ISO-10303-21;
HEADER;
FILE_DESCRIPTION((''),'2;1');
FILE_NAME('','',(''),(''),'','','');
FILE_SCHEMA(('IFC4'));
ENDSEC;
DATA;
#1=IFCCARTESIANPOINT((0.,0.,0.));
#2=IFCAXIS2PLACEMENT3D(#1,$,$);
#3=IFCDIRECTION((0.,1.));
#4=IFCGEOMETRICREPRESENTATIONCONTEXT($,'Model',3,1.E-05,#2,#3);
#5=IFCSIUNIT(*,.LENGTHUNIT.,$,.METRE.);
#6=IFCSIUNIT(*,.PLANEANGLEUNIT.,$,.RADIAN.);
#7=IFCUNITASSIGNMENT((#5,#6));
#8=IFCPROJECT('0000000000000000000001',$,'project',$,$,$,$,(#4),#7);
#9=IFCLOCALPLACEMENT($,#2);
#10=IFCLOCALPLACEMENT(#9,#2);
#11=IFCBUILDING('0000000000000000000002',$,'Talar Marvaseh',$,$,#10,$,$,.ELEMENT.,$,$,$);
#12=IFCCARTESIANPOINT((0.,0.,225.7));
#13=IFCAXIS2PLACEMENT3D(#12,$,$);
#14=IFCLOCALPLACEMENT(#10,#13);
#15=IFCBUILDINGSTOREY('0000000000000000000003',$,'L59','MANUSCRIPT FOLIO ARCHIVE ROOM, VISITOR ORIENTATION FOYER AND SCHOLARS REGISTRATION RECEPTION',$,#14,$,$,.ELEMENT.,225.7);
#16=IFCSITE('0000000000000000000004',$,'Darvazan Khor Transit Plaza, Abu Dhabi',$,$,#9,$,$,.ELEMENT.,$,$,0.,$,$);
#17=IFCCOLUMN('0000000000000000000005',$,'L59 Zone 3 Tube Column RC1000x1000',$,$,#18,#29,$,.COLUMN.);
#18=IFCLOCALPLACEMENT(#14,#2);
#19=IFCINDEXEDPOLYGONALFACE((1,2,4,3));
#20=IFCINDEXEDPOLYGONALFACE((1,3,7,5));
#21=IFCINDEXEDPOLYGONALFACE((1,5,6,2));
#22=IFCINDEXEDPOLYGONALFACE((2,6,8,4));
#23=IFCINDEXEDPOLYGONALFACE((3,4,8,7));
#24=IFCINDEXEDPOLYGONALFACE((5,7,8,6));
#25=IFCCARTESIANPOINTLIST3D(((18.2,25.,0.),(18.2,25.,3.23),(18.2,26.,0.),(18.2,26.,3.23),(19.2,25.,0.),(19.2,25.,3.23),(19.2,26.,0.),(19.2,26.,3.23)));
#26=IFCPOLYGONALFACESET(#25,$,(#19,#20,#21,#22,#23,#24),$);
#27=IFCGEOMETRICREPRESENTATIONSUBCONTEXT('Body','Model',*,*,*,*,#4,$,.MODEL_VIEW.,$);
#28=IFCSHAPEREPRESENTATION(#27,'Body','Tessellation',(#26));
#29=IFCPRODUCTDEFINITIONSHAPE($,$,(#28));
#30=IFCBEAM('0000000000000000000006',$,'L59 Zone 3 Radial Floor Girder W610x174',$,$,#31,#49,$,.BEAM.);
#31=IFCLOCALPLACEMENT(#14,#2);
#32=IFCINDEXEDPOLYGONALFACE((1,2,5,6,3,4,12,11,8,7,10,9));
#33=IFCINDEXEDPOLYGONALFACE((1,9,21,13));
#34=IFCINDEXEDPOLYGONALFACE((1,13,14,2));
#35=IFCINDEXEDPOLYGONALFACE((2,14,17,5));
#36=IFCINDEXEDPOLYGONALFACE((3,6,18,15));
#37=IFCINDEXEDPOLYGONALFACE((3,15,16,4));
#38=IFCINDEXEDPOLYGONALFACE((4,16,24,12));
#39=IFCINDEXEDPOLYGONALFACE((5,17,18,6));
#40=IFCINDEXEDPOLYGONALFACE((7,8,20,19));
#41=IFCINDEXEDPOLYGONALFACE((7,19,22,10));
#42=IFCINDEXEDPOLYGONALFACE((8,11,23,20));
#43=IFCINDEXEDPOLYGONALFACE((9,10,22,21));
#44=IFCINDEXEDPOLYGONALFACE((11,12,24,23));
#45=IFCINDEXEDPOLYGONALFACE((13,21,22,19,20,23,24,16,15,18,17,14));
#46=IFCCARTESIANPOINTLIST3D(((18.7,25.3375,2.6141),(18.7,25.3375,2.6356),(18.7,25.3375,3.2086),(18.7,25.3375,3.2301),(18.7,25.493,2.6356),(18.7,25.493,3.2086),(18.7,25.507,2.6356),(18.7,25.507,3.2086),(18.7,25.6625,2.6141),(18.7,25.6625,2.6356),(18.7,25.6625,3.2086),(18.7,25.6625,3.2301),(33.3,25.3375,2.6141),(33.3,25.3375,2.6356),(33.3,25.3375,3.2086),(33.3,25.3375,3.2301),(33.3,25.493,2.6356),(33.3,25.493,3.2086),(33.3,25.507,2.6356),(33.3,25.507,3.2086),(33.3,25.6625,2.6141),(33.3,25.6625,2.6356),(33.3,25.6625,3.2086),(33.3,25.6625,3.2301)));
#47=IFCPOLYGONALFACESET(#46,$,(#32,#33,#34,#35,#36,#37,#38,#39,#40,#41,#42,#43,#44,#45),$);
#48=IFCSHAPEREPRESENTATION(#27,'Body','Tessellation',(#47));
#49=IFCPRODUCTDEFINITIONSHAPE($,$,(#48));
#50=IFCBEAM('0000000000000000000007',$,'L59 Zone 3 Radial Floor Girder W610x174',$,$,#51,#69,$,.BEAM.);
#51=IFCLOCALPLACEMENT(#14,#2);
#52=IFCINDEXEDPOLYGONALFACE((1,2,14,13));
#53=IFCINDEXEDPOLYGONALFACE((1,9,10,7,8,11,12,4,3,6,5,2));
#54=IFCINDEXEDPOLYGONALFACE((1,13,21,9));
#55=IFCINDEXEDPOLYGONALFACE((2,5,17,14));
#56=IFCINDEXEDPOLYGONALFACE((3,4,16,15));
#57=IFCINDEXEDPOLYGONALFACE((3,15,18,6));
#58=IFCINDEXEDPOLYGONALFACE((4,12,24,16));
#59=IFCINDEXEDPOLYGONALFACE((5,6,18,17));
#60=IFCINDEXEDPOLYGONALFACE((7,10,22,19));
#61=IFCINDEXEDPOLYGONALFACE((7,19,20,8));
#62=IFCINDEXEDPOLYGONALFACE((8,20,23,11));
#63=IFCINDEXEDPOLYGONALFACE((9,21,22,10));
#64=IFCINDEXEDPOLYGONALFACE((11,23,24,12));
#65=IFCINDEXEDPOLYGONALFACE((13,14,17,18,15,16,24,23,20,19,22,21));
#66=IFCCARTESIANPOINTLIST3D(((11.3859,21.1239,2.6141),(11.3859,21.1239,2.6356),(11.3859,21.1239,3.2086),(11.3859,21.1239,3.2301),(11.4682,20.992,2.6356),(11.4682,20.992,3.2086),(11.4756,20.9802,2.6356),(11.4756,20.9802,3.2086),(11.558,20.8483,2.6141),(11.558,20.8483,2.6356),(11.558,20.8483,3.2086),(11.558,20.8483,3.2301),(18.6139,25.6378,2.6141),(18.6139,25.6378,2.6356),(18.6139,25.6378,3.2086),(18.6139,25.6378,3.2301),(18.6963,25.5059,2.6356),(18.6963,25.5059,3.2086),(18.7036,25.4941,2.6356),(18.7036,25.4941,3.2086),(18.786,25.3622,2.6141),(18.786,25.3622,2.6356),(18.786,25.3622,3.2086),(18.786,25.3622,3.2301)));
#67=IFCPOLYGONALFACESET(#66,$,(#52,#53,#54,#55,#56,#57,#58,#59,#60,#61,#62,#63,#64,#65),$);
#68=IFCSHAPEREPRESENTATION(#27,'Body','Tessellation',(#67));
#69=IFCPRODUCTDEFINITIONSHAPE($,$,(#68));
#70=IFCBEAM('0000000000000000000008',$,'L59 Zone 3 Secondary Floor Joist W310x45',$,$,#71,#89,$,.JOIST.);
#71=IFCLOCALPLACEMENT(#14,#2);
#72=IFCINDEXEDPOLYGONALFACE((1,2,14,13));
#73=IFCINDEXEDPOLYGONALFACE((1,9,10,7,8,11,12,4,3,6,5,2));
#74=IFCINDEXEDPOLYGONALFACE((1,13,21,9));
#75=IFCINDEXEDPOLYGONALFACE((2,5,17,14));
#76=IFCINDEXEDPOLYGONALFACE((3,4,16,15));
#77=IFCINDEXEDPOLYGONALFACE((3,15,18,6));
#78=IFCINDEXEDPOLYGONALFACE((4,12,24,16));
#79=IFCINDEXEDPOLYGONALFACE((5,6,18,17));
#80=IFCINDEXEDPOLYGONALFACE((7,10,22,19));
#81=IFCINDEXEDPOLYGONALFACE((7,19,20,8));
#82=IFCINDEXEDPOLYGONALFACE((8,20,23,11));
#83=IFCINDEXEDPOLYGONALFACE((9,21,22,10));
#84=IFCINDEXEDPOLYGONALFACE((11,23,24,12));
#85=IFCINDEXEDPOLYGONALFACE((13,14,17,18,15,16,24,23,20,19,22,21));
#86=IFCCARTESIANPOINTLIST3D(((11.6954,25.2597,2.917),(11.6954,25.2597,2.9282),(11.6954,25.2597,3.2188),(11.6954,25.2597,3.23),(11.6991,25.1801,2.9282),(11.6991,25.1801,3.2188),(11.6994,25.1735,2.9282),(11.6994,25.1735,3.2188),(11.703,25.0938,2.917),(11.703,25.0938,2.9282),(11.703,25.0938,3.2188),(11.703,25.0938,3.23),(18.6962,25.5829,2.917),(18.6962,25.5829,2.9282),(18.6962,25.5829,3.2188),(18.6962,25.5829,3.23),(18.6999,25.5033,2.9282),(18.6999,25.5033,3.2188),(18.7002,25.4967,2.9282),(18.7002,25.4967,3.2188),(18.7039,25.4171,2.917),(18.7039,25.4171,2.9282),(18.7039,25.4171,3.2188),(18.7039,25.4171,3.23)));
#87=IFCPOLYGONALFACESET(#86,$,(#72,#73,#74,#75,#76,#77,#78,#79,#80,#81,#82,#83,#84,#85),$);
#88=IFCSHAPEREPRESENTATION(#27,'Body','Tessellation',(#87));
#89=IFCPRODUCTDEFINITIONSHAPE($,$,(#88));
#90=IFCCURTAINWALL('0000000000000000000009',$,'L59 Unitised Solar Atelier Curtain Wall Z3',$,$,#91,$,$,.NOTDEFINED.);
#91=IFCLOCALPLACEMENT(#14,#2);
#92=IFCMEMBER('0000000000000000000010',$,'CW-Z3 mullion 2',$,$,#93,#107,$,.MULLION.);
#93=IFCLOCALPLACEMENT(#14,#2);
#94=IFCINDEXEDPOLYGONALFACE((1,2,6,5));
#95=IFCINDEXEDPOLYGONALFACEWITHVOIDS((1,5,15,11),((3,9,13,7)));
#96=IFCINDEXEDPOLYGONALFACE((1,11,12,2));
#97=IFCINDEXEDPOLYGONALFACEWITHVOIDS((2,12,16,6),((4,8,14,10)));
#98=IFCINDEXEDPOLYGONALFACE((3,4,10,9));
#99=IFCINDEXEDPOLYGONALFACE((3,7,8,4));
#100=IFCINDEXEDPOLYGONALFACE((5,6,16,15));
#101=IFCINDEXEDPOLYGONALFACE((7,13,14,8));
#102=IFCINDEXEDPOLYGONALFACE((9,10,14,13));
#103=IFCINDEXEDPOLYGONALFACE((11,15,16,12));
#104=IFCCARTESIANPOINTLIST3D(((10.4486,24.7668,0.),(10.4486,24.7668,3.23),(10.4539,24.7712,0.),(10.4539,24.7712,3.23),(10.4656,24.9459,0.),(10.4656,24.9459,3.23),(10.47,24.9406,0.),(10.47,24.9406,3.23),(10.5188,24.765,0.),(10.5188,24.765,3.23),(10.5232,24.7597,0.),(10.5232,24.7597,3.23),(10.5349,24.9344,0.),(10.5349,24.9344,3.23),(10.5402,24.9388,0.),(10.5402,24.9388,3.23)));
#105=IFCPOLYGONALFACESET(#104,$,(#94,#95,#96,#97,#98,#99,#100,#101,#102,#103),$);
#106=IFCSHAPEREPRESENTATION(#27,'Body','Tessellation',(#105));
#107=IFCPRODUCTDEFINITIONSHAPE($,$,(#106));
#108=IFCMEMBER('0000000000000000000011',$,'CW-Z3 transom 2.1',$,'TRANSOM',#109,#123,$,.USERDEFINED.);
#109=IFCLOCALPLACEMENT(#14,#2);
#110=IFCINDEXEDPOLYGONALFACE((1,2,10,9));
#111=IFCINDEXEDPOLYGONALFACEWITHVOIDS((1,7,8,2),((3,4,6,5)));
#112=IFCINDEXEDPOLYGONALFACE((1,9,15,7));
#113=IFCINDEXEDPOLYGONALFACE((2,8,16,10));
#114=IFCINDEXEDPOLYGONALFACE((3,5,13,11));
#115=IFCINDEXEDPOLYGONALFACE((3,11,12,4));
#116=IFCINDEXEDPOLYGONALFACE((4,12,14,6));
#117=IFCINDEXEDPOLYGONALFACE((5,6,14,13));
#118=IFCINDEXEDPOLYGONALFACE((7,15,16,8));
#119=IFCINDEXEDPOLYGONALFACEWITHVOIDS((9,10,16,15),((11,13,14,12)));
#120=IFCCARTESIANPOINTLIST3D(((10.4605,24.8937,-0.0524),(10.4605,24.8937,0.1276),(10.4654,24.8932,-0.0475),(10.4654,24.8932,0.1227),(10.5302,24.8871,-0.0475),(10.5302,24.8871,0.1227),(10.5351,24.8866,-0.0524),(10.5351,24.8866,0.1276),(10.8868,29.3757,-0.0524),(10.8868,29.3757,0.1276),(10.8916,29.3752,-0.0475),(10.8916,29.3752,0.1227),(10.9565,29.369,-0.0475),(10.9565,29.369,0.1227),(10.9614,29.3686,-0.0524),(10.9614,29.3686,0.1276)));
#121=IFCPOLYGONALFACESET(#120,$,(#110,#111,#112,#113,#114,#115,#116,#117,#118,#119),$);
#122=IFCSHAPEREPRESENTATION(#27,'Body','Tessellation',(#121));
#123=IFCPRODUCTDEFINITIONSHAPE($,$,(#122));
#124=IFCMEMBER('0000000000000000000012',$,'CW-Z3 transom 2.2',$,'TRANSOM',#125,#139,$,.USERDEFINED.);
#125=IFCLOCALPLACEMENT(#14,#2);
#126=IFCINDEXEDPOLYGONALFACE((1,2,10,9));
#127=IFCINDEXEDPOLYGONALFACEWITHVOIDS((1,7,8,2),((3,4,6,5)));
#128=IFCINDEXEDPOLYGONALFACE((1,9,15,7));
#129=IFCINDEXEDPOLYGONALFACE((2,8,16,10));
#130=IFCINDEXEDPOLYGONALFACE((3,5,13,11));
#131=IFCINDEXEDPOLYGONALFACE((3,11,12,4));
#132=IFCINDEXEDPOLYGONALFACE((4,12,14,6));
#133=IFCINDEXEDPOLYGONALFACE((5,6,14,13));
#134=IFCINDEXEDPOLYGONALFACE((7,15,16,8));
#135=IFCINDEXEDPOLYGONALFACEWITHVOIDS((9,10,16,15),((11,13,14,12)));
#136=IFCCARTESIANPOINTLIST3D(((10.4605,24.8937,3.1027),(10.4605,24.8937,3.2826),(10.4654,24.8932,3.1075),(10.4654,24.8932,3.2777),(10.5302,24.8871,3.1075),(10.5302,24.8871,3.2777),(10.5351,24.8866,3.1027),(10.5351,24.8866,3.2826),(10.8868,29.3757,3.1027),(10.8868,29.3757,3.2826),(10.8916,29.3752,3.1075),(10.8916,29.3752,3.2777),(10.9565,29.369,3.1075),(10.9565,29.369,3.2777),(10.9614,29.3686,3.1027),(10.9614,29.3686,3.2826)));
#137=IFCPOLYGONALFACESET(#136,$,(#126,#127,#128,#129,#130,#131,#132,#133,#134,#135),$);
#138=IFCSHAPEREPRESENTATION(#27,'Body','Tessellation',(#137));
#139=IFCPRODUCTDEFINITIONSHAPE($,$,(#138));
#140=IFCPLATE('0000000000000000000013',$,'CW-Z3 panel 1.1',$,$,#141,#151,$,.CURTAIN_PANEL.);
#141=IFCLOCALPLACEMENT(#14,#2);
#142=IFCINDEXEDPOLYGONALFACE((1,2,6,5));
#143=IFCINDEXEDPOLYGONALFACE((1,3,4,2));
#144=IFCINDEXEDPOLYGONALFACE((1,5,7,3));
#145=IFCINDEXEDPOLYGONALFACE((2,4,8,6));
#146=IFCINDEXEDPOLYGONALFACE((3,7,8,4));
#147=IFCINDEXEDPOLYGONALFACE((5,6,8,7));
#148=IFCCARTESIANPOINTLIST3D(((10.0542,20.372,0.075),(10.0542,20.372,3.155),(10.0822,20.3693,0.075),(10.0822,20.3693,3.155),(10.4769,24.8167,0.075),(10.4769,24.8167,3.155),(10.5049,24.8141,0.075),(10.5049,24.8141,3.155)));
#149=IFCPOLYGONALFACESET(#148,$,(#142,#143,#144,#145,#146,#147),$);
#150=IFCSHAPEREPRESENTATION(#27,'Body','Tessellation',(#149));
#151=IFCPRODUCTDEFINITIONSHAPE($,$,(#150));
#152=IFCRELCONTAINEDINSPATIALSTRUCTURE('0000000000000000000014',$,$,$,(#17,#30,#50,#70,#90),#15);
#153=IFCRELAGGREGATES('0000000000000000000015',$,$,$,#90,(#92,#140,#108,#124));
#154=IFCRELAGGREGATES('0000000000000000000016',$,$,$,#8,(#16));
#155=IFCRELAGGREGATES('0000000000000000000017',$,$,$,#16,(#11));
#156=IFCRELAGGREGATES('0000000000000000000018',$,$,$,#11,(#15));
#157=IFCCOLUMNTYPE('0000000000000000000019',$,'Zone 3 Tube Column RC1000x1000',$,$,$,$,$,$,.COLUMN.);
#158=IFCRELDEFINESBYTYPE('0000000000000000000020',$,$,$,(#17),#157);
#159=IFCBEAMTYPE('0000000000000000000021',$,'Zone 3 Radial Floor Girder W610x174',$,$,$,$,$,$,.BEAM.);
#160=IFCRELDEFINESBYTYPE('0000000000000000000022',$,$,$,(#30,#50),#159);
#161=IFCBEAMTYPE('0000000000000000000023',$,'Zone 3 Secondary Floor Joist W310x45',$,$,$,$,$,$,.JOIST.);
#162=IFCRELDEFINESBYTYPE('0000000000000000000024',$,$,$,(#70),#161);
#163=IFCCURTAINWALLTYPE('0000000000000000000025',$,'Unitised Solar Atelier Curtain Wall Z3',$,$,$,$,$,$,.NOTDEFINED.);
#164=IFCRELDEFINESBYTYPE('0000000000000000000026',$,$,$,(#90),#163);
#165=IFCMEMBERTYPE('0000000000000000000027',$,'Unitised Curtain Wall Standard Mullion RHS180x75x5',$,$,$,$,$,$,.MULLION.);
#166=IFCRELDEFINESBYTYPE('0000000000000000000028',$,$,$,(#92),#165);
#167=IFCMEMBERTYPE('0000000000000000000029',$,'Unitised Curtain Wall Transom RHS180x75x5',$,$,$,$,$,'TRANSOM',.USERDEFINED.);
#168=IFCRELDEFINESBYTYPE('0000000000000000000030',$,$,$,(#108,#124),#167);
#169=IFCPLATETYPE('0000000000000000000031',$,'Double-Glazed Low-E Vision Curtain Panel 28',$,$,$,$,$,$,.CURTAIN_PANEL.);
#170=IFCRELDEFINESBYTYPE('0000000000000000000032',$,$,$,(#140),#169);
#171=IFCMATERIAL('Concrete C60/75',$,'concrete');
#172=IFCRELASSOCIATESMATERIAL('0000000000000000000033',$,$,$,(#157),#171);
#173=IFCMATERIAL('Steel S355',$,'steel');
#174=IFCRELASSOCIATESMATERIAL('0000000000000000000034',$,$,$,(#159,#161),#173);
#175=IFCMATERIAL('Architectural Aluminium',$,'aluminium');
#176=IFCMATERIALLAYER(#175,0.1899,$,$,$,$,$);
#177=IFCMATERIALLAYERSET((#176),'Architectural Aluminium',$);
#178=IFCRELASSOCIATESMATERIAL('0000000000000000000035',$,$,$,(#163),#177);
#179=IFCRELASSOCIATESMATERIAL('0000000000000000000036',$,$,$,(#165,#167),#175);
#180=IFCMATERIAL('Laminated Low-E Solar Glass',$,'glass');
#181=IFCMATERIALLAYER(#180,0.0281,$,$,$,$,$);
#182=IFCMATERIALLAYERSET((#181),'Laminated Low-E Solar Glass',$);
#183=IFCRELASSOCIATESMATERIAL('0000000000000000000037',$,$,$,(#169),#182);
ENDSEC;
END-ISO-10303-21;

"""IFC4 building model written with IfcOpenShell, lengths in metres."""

from ifc_helpers import new_model, si_unit, direction, frame, origin, origin_2d, place, context, subcontext, project, spatial, rectangle, hollow_rectangle, i_section, extrude, source, transform, mapped, material, layer, layer_set, material_profile, profile_set, type_object, type_shapes, element, aggregate, save


model = new_model("IFC4")

# Units and contexts
model_context = context("Model", 3, precision=1e-05, world=origin(), true_north=direction((0.0, 1.0)))
body_context = subcontext(model_context, "Body", "Model", "MODEL_VIEW")
ifc_project = project(units=[si_unit("LENGTHUNIT", "METRE"), si_unit("PLANEANGLEUNIT", "RADIAN")], contexts=[model_context])

# Site, building, storey
site_placement = place(None, origin())
site = spatial("IfcSite", under=ifc_project, at=site_placement, Name="Darvazan Khor Transit Plaza, Abu Dhabi", CompositionType="ELEMENT", RefElevation=0.0)
building_placement = place(site_placement, origin())
building = spatial("IfcBuilding", under=site, at=building_placement, Name="Talar Marvaseh", CompositionType="ELEMENT")
storey_placement = place(building_placement, frame((0.0, 0.0, 225.7)))
storey = spatial("IfcBuildingStorey", under=building, at=storey_placement, Name="L59", Description="MANUSCRIPT FOLIO ARCHIVE ROOM, VISITOR ORIENTATION FOYER AND SCHOLARS REGISTRATION RECEPTION", CompositionType="ELEMENT", Elevation=225.7)

# Column
ifc_material_1 = material(Name="Concrete C60/75", Category="concrete")
ifc_material_profile_1 = material_profile(ifc_material_1, rectangle(XDim=1.0, YDim=1.0, at=origin_2d()), Name="RC1000x1000")
ifc_profile_set_1 = profile_set([ifc_material_profile_1], Name="Concrete C60/75")
column_type = type_object("IfcColumnType", Name="Zone 3 Tube Column RC1000x1000", PredefinedType="COLUMN", material=ifc_profile_set_1)
column_placement = place(storey_placement, frame((18.7, 25.5, 0.0), z_axis=(0.0, 0.0, 1.0), x_axis=(1.0, 0.0, 0.0)))
element("IfcColumn", 1, at=column_placement, inside=storey, type_object=column_type, Name="L59 Zone 3 Tube Column RC1000x1000", PredefinedType="COLUMN", context=body_context, shape_type="SweptSolid", body=[
    extrude(rectangle(XDim=1.0, YDim=1.0, at=origin_2d()), origin(), (0.0, 0.0, 1.0), 3.23),
])

# Beams
ifc_material_2 = material(Name="Steel S355", Category="steel")
ifc_material_profile_2 = material_profile(ifc_material_2, i_section(OverallWidth=0.325, OverallDepth=0.616, WebThickness=0.0139, FlangeThickness=0.0215, at=origin_2d()), Name="W610x174")
ifc_profile_set_2 = profile_set([ifc_material_profile_2], Name="Steel S355")
beam_type_1 = type_object("IfcBeamType", Name="Zone 3 Radial Floor Girder W610x174", PredefinedType="BEAM", material=ifc_profile_set_2)
beam_1_placement = place(storey_placement, frame((18.7, 25.5, 2.9221), z_axis=(1.0, 0.0, 0.0), x_axis=(0.0, 1.0, 0.0)))
element("IfcBeam", 2, at=beam_1_placement, inside=storey, type_object=beam_type_1, Name="L59 Zone 3 Radial Floor Girder W610x174", PredefinedType="BEAM", context=body_context, shape_type="SweptSolid", body=[
    extrude(i_section(OverallWidth=0.325, OverallDepth=0.616, WebThickness=0.0139, FlangeThickness=0.0215, at=origin_2d()), origin(), (0.0, 0.0, 1.0), 14.6001),
])
beam_2_placement = place(storey_placement, frame((11.4719, 20.9861, 2.9221), z_axis=(0.848188, 0.529695, 0.0), x_axis=(-0.529695, 0.848188, 0.0)))
element("IfcBeam", 3, at=beam_2_placement, inside=storey, type_object=beam_type_1, Name="L59 Zone 3 Radial Floor Girder W610x174", PredefinedType="BEAM", context=body_context, shape_type="SweptSolid", body=[
    extrude(i_section(OverallWidth=0.325, OverallDepth=0.616, WebThickness=0.0139, FlangeThickness=0.0215, at=origin_2d()), origin(), (0.0, 0.0, 1.0), 8.5217),
])
ifc_material_profile_3 = material_profile(ifc_material_2, i_section(OverallWidth=0.166, OverallDepth=0.313, WebThickness=0.0066, FlangeThickness=0.0112, at=origin_2d()), Name="W310x45")
ifc_profile_set_3 = profile_set([ifc_material_profile_3], Name="Steel S355")
beam_type_2 = type_object("IfcBeamType", Name="Zone 3 Secondary Floor Joist W310x45", PredefinedType="JOIST", material=ifc_profile_set_3)
beam_3_placement = place(storey_placement, frame((11.6992, 25.1768, 3.0735), z_axis=(0.998936, 0.046123, 0.0), x_axis=(-0.046123, 0.998936, 0.0)))
element("IfcBeam", 4, at=beam_3_placement, inside=storey, type_object=beam_type_2, Name="L59 Zone 3 Secondary Floor Joist W310x45", PredefinedType="JOIST", context=body_context, shape_type="SweptSolid", body=[
    extrude(i_section(OverallWidth=0.166, OverallDepth=0.313, WebThickness=0.0066, FlangeThickness=0.0112, at=origin_2d()), origin(), (0.0, 0.0, 1.0), 7.0083),
])

# Curtain wall, members, plate
ifc_material_3 = material(Name="Architectural Aluminium", Category="aluminium")
ifc_layer_1 = layer(ifc_material_3, 0.1899)
ifc_layer_set_1 = layer_set([ifc_layer_1], Name="Architectural Aluminium")
curtain_wall_type = type_object("IfcCurtainWallType", Name="Unitised Solar Atelier Curtain Wall Z3", PredefinedType="NOTDEFINED", material=ifc_layer_set_1)
curtain_wall_placement = place(storey_placement, origin())
curtain_wall = element("IfcCurtainWall", 5, at=curtain_wall_placement, inside=storey, type_object=curtain_wall_type, Name="L59 Unitised Solar Atelier Curtain Wall Z3", PredefinedType="NOTDEFINED")
ifc_material_profile_4 = material_profile(ifc_material_3, hollow_rectangle(XDim=0.075, YDim=0.1799, WallThickness=0.0049, at=origin_2d()), Name="RHS180x75x5")
ifc_profile_set_4 = profile_set([ifc_material_profile_4], Name="Architectural Aluminium")
member_type_1 = type_object("IfcMemberType", Name="Unitised Curtain Wall Standard Mullion RHS180x75x5", PredefinedType="MULLION", material=ifc_profile_set_4)
shared_shape_1 = source(origin(), body_context, "Body", "SweptSolid", [
    extrude(hollow_rectangle(XDim=0.075, YDim=0.1799, WallThickness=0.0049, at=origin_2d()), origin(), (0.0, 0.0, 1.0), 3.23),
])
type_shapes(member_type_1, [shared_shape_1])
member_1_placement = place(storey_placement, frame((10.4944, 24.8528, 0.0), z_axis=(0.0, 0.0, 1.0), x_axis=(-0.995509, 0.094671, 0.0)))
member_1 = element("IfcMember", 6, at=member_1_placement, type_object=member_type_1, Name="CW-Z3 mullion 2", PredefinedType="MULLION", context=body_context, shape_type="MappedRepresentation", body=[
    mapped(shared_shape_1, transform((0.0, 0.0, 0.0), x_axis=(1.0, 0.0, 0.0), y_axis=(0.0, 1.0, 0.0), z_axis=(0.0, 0.0, 1.0), scale=1.0)),
])
ifc_material_profile_5 = material_profile(ifc_material_3, hollow_rectangle(XDim=0.075, YDim=0.1799, WallThickness=0.0049, at=origin_2d()), Name="RHS180x75x5")
ifc_profile_set_5 = profile_set([ifc_material_profile_5], Name="Architectural Aluminium")
member_type_2 = type_object("IfcMemberType", Name="Unitised Curtain Wall Transom RHS180x75x5", ElementType="TRANSOM", PredefinedType="USERDEFINED", material=ifc_profile_set_5)
shared_shape_2 = source(origin(), body_context, "Body", "SweptSolid", [
    extrude(hollow_rectangle(XDim=0.075, YDim=0.1799, WallThickness=0.0049, at=origin_2d()), origin(), (0.0, 0.0, 1.0), 4.5022),
])
type_shapes(member_type_2, [shared_shape_2])
member_2_placement = place(storey_placement, frame((10.4978, 24.8901, 0.0376), z_axis=(0.094681, 0.995508, 0.0), x_axis=(-0.995508, 0.094681, 0.0)))
member_2 = element("IfcMember", 7, at=member_2_placement, type_object=member_type_2, Name="CW-Z3 transom 2.1", ObjectType="TRANSOM", PredefinedType="USERDEFINED", context=body_context, shape_type="MappedRepresentation", body=[
    mapped(shared_shape_2, transform((0.0, 0.0, 0.0), x_axis=(1.0, 0.0, 0.0), y_axis=(0.0, 1.0, 0.0), z_axis=(0.0, 0.0, 1.0), scale=1.0)),
])
member_3_placement = place(storey_placement, frame((10.4978, 24.8901, 3.1926), z_axis=(0.094681, 0.995508, 0.0), x_axis=(-0.995508, 0.094681, 0.0)))
member_3 = element("IfcMember", 8, at=member_3_placement, type_object=member_type_2, Name="CW-Z3 transom 2.2", ObjectType="TRANSOM", PredefinedType="USERDEFINED", context=body_context, shape_type="MappedRepresentation", body=[
    mapped(shared_shape_2, transform((0.0, 0.0, 0.0), x_axis=(1.0, 0.0, 0.0), y_axis=(0.0, 1.0, 0.0), z_axis=(0.0, 0.0, 1.0), scale=1.0)),
])
ifc_material_4 = material(Name="Laminated Low-E Solar Glass", Category="glass")
ifc_layer_2 = layer(ifc_material_4, 0.0281)
ifc_layer_set_2 = layer_set([ifc_layer_2], Name="Laminated Low-E Solar Glass")
plate_type = type_object("IfcPlateType", Name="Double-Glazed Low-E Vision Curtain Panel 28", PredefinedType="CURTAIN_PANEL", material=ifc_layer_set_2)
shared_shape_3 = source(origin(), body_context, "Body", "SweptSolid", [
    extrude(rectangle(XDim=4.4648, YDim=0.0281, at=origin_2d()), origin(), (0.0, 0.0, 1.0), 3.0801),
])
type_shapes(plate_type, [shared_shape_3])
plate_placement = place(storey_placement, frame((10.2795, 22.593, 0.075), z_axis=(0.0, 0.0, 1.0), x_axis=(0.094671, 0.995509, 0.0)))
plate = element("IfcPlate", 9, at=plate_placement, type_object=plate_type, Name="CW-Z3 panel 1.1", PredefinedType="CURTAIN_PANEL", context=body_context, shape_type="MappedRepresentation", body=[
    mapped(shared_shape_3, transform((0.0, 0.0, 0.0), x_axis=(1.0, 0.0, 0.0), y_axis=(0.0, 1.0, 0.0), z_axis=(0.0, 0.0, 1.0), scale=1.0)),
])
aggregate(curtain_wall, [member_1, plate, member_2, member_3])

save(model, "model.ifc")
